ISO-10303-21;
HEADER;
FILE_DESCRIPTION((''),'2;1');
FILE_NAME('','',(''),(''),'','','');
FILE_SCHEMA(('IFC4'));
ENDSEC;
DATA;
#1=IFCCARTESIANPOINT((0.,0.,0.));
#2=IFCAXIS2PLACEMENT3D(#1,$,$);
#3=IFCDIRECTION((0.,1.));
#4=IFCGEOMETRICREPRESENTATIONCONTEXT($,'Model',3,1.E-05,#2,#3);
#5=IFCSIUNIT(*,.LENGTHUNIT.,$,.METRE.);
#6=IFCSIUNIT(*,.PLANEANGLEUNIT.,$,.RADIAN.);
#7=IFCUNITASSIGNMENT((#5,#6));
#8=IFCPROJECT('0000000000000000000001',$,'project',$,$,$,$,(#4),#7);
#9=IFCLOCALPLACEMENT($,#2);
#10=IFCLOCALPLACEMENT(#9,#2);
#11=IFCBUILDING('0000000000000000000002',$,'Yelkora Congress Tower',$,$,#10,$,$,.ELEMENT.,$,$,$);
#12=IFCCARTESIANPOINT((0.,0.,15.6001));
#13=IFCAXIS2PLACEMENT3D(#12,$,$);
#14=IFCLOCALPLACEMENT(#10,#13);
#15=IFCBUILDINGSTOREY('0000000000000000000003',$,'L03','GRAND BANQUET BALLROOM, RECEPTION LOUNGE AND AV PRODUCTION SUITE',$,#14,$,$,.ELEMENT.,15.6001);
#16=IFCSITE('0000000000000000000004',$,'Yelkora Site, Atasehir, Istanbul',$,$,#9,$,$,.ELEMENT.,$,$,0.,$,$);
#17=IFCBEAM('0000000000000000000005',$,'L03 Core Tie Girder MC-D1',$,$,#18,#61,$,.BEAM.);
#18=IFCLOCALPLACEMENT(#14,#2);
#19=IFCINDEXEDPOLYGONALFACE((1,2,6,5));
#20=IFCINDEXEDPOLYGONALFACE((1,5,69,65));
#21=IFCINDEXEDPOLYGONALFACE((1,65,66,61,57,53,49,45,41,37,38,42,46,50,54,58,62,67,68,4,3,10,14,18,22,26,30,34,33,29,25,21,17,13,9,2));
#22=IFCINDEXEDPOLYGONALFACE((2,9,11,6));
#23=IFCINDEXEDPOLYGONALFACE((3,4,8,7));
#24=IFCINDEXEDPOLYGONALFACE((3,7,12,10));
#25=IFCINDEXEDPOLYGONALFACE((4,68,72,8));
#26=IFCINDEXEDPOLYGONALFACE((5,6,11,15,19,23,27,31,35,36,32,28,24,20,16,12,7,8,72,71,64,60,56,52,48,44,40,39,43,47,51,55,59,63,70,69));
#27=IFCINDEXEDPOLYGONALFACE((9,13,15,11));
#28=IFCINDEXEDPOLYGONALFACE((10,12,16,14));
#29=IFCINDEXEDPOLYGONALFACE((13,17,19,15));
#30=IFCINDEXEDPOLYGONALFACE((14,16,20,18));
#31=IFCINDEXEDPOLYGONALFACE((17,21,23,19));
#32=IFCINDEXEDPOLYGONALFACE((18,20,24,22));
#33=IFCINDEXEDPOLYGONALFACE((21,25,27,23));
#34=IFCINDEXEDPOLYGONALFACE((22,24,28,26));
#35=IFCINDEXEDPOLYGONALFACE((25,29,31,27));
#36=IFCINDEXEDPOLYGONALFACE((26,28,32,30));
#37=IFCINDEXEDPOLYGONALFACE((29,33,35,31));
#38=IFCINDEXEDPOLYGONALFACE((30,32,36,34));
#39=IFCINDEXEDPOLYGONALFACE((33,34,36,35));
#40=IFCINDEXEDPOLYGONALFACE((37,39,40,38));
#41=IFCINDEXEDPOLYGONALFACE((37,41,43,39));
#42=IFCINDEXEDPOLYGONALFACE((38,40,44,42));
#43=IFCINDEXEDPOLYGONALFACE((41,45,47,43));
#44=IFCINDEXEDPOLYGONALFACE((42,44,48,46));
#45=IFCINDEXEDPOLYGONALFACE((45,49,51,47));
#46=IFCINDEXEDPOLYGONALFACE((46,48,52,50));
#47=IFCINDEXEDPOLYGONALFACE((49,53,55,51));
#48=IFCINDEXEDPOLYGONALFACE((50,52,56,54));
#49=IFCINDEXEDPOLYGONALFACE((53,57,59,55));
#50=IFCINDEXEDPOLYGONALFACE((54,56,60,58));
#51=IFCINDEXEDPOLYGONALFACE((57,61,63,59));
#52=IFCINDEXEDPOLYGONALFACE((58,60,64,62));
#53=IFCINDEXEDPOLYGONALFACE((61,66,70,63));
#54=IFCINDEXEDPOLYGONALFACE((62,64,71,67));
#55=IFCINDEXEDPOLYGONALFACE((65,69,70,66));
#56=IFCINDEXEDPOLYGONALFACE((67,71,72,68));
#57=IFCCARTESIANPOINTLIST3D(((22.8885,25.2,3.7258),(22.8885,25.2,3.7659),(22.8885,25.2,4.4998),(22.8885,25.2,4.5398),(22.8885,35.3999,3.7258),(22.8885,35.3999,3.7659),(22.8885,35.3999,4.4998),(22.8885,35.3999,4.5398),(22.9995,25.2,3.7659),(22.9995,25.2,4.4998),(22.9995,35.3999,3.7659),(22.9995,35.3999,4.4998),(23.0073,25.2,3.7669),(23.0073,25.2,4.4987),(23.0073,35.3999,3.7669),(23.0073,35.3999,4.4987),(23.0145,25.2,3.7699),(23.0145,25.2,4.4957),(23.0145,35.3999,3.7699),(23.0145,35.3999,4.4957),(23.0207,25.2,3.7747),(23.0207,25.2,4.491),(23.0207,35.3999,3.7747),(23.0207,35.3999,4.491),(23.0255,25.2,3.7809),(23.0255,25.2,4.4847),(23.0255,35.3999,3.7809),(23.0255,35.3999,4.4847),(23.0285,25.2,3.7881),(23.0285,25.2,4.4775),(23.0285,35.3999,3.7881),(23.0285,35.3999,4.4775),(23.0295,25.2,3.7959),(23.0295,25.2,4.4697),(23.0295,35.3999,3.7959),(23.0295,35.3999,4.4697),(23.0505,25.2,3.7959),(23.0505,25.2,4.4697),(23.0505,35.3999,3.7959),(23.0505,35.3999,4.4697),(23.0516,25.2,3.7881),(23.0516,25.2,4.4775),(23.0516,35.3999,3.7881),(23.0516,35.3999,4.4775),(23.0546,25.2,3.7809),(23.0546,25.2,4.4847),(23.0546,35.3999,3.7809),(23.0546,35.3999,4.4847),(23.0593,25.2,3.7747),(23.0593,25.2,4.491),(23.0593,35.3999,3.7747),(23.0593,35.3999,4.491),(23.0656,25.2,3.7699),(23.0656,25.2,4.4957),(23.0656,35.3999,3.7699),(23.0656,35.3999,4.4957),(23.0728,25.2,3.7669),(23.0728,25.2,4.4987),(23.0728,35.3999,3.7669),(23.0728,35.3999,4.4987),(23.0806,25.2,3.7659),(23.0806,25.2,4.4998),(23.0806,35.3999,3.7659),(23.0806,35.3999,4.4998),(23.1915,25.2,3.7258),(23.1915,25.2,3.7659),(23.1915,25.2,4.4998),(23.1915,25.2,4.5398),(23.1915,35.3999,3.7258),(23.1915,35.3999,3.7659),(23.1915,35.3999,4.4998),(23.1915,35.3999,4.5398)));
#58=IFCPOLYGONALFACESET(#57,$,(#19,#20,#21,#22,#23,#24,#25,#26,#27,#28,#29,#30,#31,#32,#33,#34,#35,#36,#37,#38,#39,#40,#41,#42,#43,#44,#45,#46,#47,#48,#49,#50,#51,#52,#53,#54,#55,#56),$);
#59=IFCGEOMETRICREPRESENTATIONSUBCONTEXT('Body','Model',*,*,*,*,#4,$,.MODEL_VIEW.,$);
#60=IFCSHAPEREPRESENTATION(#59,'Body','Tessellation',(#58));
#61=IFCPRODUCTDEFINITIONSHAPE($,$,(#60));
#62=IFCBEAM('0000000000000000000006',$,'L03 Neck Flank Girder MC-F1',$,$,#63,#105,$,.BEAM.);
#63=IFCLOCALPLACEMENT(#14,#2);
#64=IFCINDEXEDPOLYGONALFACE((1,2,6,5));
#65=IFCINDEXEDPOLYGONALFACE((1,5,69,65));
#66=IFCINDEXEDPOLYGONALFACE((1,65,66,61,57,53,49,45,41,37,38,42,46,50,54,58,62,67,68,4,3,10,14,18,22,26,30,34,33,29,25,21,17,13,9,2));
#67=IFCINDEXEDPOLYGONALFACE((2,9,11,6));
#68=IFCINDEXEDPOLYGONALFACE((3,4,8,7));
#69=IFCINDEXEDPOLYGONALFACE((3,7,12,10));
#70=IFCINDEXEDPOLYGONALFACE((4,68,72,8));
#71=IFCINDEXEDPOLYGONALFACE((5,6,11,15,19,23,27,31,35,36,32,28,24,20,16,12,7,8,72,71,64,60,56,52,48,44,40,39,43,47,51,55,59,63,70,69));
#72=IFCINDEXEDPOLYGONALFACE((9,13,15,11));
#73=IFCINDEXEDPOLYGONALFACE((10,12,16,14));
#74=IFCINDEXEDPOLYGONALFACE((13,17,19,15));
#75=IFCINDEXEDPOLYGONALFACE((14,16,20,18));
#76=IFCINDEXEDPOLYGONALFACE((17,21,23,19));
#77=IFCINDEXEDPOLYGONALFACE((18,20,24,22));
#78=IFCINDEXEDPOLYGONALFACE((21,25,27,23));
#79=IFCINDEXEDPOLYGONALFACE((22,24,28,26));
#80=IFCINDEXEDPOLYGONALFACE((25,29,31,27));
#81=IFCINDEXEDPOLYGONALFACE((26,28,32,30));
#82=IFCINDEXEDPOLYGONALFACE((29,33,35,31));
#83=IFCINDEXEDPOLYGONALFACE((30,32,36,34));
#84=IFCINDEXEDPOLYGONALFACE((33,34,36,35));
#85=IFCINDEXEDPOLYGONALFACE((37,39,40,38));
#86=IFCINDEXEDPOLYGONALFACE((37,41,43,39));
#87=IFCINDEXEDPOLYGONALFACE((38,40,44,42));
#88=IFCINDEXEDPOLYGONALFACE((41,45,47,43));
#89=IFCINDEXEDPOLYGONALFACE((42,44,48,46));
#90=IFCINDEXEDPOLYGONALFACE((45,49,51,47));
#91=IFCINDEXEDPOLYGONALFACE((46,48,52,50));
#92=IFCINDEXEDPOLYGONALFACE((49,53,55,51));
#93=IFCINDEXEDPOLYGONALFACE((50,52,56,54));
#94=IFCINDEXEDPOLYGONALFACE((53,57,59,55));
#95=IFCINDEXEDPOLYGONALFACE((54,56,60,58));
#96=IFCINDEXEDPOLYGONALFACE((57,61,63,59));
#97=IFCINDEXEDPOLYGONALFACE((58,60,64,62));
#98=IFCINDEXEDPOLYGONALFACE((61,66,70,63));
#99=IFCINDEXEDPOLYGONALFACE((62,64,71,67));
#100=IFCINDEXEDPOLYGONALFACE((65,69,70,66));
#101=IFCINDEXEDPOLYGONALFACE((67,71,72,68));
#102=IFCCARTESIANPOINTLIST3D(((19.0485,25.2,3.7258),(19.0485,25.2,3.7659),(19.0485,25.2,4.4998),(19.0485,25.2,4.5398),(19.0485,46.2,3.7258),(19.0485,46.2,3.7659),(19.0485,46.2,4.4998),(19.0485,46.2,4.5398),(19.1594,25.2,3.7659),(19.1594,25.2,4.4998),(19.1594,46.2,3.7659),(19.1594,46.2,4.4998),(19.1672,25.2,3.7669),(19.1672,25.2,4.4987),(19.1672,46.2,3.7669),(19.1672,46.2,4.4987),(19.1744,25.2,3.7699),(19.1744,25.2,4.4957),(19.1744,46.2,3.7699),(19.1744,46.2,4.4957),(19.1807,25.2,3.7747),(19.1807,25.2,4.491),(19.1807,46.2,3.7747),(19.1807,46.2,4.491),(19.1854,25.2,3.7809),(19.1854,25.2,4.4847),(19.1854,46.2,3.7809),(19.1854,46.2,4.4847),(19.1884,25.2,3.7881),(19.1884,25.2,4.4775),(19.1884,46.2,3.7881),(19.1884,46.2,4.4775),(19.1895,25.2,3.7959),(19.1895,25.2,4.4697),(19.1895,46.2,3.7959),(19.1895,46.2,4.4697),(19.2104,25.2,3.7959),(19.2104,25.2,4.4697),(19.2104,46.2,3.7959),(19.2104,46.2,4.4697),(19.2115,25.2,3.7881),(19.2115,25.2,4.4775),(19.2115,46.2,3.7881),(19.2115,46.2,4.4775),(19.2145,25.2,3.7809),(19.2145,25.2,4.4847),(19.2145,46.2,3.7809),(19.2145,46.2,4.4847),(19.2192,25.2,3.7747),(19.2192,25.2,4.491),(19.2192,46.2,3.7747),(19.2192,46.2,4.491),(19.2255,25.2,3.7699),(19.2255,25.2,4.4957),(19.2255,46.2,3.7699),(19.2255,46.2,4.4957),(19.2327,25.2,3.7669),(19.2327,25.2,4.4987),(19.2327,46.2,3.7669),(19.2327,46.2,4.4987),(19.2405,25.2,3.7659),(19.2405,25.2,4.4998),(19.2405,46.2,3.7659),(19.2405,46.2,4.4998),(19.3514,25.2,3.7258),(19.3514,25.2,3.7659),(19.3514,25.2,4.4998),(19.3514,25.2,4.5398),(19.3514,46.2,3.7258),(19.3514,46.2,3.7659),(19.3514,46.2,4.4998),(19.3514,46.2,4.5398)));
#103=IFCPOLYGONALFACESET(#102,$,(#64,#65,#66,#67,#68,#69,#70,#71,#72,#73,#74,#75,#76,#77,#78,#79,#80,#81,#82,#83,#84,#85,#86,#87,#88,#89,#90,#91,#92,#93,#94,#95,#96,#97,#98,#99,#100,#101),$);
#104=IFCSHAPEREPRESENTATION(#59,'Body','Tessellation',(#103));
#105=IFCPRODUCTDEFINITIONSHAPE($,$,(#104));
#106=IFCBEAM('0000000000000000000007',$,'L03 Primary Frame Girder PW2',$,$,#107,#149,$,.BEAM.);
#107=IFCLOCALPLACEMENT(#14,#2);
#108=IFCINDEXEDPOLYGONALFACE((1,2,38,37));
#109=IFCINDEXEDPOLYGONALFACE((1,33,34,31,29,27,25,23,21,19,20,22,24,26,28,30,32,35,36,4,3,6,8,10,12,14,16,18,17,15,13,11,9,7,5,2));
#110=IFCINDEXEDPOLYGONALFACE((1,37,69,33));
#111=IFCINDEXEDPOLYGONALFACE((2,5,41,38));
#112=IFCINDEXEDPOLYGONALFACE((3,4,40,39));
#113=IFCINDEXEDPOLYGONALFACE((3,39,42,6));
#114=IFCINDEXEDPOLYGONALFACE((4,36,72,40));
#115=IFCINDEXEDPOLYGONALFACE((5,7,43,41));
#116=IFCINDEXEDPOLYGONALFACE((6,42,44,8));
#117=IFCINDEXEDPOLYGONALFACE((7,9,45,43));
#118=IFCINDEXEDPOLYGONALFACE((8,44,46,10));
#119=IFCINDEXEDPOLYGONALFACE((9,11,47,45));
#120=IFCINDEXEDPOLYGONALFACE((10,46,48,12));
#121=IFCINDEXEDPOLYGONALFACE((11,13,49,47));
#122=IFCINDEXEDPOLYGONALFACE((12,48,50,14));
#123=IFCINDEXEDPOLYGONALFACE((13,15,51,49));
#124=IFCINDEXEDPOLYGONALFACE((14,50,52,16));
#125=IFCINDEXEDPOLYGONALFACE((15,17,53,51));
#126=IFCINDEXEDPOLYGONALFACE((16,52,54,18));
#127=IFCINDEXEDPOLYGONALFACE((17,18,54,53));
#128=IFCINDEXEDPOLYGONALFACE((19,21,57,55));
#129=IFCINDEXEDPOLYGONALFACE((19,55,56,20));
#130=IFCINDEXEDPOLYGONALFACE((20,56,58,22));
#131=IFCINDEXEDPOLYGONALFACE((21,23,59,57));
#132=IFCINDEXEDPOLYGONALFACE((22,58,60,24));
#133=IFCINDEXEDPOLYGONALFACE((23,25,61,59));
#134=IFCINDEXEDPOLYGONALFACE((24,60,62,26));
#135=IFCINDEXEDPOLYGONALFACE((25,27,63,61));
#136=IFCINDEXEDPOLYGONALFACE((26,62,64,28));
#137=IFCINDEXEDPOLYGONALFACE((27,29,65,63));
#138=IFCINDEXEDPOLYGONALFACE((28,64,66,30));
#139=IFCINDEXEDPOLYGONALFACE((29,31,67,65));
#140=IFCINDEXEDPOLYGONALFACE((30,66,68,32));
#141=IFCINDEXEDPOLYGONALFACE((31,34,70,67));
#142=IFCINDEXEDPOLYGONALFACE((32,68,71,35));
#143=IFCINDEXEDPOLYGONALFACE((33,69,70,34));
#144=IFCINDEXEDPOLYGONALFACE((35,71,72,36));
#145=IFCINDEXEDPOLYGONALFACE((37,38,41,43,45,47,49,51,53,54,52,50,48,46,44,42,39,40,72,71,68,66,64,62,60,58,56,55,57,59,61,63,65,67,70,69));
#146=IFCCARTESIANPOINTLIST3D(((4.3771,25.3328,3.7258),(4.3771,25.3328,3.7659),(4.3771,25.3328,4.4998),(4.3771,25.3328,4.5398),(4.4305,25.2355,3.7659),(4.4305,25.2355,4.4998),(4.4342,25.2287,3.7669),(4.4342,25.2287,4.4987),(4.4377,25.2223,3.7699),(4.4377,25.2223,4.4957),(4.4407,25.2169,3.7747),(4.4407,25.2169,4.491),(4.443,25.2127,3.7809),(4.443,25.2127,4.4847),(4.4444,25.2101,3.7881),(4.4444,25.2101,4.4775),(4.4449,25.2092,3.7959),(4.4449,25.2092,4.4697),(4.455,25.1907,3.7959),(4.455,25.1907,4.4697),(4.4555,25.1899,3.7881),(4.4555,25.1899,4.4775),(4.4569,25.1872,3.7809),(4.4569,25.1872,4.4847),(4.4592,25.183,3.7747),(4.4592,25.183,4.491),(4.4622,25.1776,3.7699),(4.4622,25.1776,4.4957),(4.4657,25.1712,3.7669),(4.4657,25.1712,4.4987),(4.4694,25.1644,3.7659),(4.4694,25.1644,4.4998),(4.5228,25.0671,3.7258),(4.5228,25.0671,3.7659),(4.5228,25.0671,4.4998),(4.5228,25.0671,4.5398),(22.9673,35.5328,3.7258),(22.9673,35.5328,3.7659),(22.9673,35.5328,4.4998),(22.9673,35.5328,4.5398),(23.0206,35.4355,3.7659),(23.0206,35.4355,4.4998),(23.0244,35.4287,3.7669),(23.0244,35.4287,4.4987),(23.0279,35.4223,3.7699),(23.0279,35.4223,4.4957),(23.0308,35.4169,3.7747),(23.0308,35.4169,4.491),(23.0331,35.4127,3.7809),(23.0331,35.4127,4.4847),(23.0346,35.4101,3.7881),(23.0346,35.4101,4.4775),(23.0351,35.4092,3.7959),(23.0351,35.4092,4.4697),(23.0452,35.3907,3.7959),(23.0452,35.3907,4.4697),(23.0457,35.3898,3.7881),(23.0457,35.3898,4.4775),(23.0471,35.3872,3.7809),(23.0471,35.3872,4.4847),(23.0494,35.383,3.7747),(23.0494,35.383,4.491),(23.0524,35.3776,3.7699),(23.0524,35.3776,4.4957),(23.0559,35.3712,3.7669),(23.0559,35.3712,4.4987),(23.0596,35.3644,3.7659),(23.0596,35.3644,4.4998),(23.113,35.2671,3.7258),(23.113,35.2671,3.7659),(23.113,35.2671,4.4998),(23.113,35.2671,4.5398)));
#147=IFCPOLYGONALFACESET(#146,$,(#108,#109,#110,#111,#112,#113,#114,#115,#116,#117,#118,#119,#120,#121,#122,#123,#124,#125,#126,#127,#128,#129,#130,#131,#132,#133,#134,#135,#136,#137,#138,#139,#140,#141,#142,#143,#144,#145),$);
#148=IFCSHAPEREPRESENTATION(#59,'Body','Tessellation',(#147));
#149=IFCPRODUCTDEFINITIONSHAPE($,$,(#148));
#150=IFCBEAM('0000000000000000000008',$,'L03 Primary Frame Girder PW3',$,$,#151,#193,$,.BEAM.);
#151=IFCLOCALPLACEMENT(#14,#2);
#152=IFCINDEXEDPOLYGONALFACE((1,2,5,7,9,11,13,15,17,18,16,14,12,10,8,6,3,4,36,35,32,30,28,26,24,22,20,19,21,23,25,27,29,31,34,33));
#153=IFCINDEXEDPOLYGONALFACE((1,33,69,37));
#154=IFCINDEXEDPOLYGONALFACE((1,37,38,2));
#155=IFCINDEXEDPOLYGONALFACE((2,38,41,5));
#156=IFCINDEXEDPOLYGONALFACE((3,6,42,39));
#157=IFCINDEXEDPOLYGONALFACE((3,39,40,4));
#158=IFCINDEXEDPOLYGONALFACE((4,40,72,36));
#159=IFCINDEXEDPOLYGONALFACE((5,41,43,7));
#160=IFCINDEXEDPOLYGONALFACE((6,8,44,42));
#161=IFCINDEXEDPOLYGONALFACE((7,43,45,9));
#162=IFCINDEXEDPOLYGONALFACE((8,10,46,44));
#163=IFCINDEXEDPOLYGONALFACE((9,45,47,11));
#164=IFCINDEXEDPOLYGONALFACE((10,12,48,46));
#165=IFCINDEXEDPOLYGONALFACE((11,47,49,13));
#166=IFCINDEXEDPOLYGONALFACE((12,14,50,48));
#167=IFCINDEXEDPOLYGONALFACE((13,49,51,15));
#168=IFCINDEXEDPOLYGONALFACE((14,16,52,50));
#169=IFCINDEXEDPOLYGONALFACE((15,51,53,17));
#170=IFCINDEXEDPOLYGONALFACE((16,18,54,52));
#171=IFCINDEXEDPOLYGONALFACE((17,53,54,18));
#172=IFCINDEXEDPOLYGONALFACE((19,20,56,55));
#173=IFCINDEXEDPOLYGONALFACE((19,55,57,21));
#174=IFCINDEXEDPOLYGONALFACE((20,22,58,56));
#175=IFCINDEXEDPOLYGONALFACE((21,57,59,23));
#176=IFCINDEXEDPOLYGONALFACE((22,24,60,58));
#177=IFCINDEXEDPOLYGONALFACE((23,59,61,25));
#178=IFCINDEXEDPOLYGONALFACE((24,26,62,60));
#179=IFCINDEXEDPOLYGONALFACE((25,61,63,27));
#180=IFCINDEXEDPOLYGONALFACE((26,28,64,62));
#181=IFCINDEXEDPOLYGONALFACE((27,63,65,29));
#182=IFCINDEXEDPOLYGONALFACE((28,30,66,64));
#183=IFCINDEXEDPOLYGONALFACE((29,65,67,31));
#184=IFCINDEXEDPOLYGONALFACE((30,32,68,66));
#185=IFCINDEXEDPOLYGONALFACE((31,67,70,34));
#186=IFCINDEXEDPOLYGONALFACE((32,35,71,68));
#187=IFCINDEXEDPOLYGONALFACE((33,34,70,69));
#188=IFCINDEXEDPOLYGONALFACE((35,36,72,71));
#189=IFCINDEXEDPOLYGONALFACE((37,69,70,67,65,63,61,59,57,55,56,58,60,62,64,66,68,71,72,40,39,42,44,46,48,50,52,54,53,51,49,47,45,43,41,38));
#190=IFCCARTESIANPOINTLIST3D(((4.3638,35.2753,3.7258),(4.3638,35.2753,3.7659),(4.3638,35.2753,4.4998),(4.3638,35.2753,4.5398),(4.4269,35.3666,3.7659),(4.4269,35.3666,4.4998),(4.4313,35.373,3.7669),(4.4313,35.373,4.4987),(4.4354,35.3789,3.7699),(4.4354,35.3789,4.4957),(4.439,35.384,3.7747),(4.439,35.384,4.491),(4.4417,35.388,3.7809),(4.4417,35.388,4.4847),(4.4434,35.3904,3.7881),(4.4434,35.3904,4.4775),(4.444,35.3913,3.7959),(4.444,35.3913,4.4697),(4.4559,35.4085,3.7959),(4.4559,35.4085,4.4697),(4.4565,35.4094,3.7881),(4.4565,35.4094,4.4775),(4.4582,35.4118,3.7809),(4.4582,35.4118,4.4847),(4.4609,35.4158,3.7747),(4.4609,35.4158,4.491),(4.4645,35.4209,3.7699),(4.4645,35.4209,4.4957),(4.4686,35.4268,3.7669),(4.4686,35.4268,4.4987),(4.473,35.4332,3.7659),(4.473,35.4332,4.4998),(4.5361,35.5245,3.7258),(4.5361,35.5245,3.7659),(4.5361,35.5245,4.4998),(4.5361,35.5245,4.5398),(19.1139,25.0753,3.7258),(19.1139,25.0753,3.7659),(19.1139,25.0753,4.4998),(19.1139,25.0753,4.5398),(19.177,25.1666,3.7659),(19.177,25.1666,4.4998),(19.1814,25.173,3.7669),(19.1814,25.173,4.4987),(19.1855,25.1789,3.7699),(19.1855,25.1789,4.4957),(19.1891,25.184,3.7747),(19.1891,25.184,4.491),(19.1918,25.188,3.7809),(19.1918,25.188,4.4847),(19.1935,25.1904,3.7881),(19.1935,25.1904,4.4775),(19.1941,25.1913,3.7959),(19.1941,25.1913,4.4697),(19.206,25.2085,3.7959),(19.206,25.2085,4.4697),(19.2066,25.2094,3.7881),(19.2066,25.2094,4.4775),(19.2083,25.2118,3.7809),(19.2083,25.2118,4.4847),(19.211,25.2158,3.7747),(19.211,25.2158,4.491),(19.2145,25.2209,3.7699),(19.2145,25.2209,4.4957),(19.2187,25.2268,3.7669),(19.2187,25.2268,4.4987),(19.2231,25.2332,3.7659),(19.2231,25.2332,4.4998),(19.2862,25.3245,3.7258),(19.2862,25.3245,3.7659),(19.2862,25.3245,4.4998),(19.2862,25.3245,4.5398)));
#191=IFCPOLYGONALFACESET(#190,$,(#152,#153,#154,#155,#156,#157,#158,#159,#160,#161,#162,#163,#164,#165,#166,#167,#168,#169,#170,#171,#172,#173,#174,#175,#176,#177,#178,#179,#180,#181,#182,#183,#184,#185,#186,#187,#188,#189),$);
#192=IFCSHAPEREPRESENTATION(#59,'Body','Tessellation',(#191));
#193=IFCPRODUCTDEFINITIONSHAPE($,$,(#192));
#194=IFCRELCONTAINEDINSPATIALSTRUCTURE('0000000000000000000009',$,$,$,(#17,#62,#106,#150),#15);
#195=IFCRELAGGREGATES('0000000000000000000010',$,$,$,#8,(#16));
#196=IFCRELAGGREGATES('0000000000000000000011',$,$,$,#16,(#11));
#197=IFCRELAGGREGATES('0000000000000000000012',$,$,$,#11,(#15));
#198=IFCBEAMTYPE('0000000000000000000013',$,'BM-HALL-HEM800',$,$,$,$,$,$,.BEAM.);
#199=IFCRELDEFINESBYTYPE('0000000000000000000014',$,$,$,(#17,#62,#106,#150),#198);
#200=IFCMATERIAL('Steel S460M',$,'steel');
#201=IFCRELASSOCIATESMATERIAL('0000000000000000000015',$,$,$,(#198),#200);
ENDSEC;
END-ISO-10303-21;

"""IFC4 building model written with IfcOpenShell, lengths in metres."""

from ifc_helpers import new_model, si_unit, direction, frame, origin, origin_2d, place, context, subcontext, project, spatial, i_section, extrude, material, material_profile, profile_set, type_object, element, save


model = new_model("IFC4")

# Units and contexts
model_context = context("Model", 3, precision=1e-05, world=origin(), true_north=direction((0.0, 1.0)))
body_context = subcontext(model_context, "Body", "Model", "MODEL_VIEW")
ifc_project = project(units=[si_unit("LENGTHUNIT", "METRE"), si_unit("PLANEANGLEUNIT", "RADIAN")], contexts=[model_context])

# Site, building, storey
site_placement = place(None, origin())
site = spatial("IfcSite", under=ifc_project, at=site_placement, Name="Yelkora Site, Atasehir, Istanbul", CompositionType="ELEMENT", RefElevation=0.0)
building_placement = place(site_placement, origin())
building = spatial("IfcBuilding", under=site, at=building_placement, Name="Yelkora Congress Tower", CompositionType="ELEMENT")
storey_placement = place(building_placement, frame((0.0, 0.0, 15.6001)))
storey = spatial("IfcBuildingStorey", under=building, at=storey_placement, Name="L03", Description="GRAND BANQUET BALLROOM, RECEPTION LOUNGE AND AV PRODUCTION SUITE", CompositionType="ELEMENT", Elevation=15.6001)

# Beams
ifc_material_1 = material(Name="Steel S460M", Category="steel")
ifc_material_profile_1 = material_profile(ifc_material_1, i_section(OverallWidth=0.303, OverallDepth=0.814, WebThickness=0.021, FlangeThickness=0.04, FilletRadius=0.03, at=origin_2d()), Name="HEM 800")
ifc_profile_set_1 = profile_set([ifc_material_profile_1], Name="Steel S460M")
beam_type_1 = type_object("IfcBeamType", Name="BM-HALL-HEM800", PredefinedType="BEAM", material=ifc_profile_set_1)
beam_1_placement = place(storey_placement, frame((23.04, 25.2, 4.1328), z_axis=(0.0, 1.0, 0.0), x_axis=(-1.0, 0.0, 0.0)))
element("IfcBeam", 1, at=beam_1_placement, inside=storey, type_object=beam_type_1, Name="L03 Core Tie Girder MC-D1", PredefinedType="BEAM", context=body_context, shape_type="SweptSolid", body=[
    extrude(i_section(OverallWidth=0.303, OverallDepth=0.814, WebThickness=0.021, FlangeThickness=0.04, FilletRadius=0.03, at=origin_2d()), origin(), (0.0, 0.0, 1.0), 10.2),
])
beam_2_placement = place(storey_placement, frame((19.2, 25.2, 4.1328), z_axis=(0.0, 1.0, 0.0), x_axis=(-1.0, 0.0, 0.0)))
element("IfcBeam", 2, at=beam_2_placement, inside=storey, type_object=beam_type_1, Name="L03 Neck Flank Girder MC-F1", PredefinedType="BEAM", context=body_context, shape_type="SweptSolid", body=[
    extrude(i_section(OverallWidth=0.303, OverallDepth=0.814, WebThickness=0.021, FlangeThickness=0.04, FilletRadius=0.03, at=origin_2d()), origin(), (0.0, 0.0, 1.0), 21.0),
])
beam_3_placement = place(storey_placement, frame((4.45, 25.2, 4.1328), z_axis=(0.876705, 0.481028, 0.0), x_axis=(-0.481028, 0.876705, 0.0)))
element("IfcBeam", 3, at=beam_3_placement, inside=storey, type_object=beam_type_1, Name="L03 Primary Frame Girder PW2", PredefinedType="BEAM", context=body_context, shape_type="SweptSolid", body=[
    extrude(i_section(OverallWidth=0.303, OverallDepth=0.814, WebThickness=0.021, FlangeThickness=0.04, FilletRadius=0.03, at=origin_2d()), origin(), (0.0, 0.0, 1.0), 21.2046),
])
beam_4_placement = place(storey_placement, frame((4.45, 35.3999, 4.1328), z_axis=(0.822494, -0.568773, 0.0), x_axis=(0.568773, 0.822494, 0.0)))
element("IfcBeam", 4, at=beam_4_placement, inside=storey, type_object=beam_type_1, Name="L03 Primary Frame Girder PW3", PredefinedType="BEAM", context=body_context, shape_type="SweptSolid", body=[
    extrude(i_section(OverallWidth=0.303, OverallDepth=0.814, WebThickness=0.021, FlangeThickness=0.04, FilletRadius=0.03, at=origin_2d()), origin(), (0.0, 0.0, 1.0), 17.9333),
])

save(model, "model.ifc")
